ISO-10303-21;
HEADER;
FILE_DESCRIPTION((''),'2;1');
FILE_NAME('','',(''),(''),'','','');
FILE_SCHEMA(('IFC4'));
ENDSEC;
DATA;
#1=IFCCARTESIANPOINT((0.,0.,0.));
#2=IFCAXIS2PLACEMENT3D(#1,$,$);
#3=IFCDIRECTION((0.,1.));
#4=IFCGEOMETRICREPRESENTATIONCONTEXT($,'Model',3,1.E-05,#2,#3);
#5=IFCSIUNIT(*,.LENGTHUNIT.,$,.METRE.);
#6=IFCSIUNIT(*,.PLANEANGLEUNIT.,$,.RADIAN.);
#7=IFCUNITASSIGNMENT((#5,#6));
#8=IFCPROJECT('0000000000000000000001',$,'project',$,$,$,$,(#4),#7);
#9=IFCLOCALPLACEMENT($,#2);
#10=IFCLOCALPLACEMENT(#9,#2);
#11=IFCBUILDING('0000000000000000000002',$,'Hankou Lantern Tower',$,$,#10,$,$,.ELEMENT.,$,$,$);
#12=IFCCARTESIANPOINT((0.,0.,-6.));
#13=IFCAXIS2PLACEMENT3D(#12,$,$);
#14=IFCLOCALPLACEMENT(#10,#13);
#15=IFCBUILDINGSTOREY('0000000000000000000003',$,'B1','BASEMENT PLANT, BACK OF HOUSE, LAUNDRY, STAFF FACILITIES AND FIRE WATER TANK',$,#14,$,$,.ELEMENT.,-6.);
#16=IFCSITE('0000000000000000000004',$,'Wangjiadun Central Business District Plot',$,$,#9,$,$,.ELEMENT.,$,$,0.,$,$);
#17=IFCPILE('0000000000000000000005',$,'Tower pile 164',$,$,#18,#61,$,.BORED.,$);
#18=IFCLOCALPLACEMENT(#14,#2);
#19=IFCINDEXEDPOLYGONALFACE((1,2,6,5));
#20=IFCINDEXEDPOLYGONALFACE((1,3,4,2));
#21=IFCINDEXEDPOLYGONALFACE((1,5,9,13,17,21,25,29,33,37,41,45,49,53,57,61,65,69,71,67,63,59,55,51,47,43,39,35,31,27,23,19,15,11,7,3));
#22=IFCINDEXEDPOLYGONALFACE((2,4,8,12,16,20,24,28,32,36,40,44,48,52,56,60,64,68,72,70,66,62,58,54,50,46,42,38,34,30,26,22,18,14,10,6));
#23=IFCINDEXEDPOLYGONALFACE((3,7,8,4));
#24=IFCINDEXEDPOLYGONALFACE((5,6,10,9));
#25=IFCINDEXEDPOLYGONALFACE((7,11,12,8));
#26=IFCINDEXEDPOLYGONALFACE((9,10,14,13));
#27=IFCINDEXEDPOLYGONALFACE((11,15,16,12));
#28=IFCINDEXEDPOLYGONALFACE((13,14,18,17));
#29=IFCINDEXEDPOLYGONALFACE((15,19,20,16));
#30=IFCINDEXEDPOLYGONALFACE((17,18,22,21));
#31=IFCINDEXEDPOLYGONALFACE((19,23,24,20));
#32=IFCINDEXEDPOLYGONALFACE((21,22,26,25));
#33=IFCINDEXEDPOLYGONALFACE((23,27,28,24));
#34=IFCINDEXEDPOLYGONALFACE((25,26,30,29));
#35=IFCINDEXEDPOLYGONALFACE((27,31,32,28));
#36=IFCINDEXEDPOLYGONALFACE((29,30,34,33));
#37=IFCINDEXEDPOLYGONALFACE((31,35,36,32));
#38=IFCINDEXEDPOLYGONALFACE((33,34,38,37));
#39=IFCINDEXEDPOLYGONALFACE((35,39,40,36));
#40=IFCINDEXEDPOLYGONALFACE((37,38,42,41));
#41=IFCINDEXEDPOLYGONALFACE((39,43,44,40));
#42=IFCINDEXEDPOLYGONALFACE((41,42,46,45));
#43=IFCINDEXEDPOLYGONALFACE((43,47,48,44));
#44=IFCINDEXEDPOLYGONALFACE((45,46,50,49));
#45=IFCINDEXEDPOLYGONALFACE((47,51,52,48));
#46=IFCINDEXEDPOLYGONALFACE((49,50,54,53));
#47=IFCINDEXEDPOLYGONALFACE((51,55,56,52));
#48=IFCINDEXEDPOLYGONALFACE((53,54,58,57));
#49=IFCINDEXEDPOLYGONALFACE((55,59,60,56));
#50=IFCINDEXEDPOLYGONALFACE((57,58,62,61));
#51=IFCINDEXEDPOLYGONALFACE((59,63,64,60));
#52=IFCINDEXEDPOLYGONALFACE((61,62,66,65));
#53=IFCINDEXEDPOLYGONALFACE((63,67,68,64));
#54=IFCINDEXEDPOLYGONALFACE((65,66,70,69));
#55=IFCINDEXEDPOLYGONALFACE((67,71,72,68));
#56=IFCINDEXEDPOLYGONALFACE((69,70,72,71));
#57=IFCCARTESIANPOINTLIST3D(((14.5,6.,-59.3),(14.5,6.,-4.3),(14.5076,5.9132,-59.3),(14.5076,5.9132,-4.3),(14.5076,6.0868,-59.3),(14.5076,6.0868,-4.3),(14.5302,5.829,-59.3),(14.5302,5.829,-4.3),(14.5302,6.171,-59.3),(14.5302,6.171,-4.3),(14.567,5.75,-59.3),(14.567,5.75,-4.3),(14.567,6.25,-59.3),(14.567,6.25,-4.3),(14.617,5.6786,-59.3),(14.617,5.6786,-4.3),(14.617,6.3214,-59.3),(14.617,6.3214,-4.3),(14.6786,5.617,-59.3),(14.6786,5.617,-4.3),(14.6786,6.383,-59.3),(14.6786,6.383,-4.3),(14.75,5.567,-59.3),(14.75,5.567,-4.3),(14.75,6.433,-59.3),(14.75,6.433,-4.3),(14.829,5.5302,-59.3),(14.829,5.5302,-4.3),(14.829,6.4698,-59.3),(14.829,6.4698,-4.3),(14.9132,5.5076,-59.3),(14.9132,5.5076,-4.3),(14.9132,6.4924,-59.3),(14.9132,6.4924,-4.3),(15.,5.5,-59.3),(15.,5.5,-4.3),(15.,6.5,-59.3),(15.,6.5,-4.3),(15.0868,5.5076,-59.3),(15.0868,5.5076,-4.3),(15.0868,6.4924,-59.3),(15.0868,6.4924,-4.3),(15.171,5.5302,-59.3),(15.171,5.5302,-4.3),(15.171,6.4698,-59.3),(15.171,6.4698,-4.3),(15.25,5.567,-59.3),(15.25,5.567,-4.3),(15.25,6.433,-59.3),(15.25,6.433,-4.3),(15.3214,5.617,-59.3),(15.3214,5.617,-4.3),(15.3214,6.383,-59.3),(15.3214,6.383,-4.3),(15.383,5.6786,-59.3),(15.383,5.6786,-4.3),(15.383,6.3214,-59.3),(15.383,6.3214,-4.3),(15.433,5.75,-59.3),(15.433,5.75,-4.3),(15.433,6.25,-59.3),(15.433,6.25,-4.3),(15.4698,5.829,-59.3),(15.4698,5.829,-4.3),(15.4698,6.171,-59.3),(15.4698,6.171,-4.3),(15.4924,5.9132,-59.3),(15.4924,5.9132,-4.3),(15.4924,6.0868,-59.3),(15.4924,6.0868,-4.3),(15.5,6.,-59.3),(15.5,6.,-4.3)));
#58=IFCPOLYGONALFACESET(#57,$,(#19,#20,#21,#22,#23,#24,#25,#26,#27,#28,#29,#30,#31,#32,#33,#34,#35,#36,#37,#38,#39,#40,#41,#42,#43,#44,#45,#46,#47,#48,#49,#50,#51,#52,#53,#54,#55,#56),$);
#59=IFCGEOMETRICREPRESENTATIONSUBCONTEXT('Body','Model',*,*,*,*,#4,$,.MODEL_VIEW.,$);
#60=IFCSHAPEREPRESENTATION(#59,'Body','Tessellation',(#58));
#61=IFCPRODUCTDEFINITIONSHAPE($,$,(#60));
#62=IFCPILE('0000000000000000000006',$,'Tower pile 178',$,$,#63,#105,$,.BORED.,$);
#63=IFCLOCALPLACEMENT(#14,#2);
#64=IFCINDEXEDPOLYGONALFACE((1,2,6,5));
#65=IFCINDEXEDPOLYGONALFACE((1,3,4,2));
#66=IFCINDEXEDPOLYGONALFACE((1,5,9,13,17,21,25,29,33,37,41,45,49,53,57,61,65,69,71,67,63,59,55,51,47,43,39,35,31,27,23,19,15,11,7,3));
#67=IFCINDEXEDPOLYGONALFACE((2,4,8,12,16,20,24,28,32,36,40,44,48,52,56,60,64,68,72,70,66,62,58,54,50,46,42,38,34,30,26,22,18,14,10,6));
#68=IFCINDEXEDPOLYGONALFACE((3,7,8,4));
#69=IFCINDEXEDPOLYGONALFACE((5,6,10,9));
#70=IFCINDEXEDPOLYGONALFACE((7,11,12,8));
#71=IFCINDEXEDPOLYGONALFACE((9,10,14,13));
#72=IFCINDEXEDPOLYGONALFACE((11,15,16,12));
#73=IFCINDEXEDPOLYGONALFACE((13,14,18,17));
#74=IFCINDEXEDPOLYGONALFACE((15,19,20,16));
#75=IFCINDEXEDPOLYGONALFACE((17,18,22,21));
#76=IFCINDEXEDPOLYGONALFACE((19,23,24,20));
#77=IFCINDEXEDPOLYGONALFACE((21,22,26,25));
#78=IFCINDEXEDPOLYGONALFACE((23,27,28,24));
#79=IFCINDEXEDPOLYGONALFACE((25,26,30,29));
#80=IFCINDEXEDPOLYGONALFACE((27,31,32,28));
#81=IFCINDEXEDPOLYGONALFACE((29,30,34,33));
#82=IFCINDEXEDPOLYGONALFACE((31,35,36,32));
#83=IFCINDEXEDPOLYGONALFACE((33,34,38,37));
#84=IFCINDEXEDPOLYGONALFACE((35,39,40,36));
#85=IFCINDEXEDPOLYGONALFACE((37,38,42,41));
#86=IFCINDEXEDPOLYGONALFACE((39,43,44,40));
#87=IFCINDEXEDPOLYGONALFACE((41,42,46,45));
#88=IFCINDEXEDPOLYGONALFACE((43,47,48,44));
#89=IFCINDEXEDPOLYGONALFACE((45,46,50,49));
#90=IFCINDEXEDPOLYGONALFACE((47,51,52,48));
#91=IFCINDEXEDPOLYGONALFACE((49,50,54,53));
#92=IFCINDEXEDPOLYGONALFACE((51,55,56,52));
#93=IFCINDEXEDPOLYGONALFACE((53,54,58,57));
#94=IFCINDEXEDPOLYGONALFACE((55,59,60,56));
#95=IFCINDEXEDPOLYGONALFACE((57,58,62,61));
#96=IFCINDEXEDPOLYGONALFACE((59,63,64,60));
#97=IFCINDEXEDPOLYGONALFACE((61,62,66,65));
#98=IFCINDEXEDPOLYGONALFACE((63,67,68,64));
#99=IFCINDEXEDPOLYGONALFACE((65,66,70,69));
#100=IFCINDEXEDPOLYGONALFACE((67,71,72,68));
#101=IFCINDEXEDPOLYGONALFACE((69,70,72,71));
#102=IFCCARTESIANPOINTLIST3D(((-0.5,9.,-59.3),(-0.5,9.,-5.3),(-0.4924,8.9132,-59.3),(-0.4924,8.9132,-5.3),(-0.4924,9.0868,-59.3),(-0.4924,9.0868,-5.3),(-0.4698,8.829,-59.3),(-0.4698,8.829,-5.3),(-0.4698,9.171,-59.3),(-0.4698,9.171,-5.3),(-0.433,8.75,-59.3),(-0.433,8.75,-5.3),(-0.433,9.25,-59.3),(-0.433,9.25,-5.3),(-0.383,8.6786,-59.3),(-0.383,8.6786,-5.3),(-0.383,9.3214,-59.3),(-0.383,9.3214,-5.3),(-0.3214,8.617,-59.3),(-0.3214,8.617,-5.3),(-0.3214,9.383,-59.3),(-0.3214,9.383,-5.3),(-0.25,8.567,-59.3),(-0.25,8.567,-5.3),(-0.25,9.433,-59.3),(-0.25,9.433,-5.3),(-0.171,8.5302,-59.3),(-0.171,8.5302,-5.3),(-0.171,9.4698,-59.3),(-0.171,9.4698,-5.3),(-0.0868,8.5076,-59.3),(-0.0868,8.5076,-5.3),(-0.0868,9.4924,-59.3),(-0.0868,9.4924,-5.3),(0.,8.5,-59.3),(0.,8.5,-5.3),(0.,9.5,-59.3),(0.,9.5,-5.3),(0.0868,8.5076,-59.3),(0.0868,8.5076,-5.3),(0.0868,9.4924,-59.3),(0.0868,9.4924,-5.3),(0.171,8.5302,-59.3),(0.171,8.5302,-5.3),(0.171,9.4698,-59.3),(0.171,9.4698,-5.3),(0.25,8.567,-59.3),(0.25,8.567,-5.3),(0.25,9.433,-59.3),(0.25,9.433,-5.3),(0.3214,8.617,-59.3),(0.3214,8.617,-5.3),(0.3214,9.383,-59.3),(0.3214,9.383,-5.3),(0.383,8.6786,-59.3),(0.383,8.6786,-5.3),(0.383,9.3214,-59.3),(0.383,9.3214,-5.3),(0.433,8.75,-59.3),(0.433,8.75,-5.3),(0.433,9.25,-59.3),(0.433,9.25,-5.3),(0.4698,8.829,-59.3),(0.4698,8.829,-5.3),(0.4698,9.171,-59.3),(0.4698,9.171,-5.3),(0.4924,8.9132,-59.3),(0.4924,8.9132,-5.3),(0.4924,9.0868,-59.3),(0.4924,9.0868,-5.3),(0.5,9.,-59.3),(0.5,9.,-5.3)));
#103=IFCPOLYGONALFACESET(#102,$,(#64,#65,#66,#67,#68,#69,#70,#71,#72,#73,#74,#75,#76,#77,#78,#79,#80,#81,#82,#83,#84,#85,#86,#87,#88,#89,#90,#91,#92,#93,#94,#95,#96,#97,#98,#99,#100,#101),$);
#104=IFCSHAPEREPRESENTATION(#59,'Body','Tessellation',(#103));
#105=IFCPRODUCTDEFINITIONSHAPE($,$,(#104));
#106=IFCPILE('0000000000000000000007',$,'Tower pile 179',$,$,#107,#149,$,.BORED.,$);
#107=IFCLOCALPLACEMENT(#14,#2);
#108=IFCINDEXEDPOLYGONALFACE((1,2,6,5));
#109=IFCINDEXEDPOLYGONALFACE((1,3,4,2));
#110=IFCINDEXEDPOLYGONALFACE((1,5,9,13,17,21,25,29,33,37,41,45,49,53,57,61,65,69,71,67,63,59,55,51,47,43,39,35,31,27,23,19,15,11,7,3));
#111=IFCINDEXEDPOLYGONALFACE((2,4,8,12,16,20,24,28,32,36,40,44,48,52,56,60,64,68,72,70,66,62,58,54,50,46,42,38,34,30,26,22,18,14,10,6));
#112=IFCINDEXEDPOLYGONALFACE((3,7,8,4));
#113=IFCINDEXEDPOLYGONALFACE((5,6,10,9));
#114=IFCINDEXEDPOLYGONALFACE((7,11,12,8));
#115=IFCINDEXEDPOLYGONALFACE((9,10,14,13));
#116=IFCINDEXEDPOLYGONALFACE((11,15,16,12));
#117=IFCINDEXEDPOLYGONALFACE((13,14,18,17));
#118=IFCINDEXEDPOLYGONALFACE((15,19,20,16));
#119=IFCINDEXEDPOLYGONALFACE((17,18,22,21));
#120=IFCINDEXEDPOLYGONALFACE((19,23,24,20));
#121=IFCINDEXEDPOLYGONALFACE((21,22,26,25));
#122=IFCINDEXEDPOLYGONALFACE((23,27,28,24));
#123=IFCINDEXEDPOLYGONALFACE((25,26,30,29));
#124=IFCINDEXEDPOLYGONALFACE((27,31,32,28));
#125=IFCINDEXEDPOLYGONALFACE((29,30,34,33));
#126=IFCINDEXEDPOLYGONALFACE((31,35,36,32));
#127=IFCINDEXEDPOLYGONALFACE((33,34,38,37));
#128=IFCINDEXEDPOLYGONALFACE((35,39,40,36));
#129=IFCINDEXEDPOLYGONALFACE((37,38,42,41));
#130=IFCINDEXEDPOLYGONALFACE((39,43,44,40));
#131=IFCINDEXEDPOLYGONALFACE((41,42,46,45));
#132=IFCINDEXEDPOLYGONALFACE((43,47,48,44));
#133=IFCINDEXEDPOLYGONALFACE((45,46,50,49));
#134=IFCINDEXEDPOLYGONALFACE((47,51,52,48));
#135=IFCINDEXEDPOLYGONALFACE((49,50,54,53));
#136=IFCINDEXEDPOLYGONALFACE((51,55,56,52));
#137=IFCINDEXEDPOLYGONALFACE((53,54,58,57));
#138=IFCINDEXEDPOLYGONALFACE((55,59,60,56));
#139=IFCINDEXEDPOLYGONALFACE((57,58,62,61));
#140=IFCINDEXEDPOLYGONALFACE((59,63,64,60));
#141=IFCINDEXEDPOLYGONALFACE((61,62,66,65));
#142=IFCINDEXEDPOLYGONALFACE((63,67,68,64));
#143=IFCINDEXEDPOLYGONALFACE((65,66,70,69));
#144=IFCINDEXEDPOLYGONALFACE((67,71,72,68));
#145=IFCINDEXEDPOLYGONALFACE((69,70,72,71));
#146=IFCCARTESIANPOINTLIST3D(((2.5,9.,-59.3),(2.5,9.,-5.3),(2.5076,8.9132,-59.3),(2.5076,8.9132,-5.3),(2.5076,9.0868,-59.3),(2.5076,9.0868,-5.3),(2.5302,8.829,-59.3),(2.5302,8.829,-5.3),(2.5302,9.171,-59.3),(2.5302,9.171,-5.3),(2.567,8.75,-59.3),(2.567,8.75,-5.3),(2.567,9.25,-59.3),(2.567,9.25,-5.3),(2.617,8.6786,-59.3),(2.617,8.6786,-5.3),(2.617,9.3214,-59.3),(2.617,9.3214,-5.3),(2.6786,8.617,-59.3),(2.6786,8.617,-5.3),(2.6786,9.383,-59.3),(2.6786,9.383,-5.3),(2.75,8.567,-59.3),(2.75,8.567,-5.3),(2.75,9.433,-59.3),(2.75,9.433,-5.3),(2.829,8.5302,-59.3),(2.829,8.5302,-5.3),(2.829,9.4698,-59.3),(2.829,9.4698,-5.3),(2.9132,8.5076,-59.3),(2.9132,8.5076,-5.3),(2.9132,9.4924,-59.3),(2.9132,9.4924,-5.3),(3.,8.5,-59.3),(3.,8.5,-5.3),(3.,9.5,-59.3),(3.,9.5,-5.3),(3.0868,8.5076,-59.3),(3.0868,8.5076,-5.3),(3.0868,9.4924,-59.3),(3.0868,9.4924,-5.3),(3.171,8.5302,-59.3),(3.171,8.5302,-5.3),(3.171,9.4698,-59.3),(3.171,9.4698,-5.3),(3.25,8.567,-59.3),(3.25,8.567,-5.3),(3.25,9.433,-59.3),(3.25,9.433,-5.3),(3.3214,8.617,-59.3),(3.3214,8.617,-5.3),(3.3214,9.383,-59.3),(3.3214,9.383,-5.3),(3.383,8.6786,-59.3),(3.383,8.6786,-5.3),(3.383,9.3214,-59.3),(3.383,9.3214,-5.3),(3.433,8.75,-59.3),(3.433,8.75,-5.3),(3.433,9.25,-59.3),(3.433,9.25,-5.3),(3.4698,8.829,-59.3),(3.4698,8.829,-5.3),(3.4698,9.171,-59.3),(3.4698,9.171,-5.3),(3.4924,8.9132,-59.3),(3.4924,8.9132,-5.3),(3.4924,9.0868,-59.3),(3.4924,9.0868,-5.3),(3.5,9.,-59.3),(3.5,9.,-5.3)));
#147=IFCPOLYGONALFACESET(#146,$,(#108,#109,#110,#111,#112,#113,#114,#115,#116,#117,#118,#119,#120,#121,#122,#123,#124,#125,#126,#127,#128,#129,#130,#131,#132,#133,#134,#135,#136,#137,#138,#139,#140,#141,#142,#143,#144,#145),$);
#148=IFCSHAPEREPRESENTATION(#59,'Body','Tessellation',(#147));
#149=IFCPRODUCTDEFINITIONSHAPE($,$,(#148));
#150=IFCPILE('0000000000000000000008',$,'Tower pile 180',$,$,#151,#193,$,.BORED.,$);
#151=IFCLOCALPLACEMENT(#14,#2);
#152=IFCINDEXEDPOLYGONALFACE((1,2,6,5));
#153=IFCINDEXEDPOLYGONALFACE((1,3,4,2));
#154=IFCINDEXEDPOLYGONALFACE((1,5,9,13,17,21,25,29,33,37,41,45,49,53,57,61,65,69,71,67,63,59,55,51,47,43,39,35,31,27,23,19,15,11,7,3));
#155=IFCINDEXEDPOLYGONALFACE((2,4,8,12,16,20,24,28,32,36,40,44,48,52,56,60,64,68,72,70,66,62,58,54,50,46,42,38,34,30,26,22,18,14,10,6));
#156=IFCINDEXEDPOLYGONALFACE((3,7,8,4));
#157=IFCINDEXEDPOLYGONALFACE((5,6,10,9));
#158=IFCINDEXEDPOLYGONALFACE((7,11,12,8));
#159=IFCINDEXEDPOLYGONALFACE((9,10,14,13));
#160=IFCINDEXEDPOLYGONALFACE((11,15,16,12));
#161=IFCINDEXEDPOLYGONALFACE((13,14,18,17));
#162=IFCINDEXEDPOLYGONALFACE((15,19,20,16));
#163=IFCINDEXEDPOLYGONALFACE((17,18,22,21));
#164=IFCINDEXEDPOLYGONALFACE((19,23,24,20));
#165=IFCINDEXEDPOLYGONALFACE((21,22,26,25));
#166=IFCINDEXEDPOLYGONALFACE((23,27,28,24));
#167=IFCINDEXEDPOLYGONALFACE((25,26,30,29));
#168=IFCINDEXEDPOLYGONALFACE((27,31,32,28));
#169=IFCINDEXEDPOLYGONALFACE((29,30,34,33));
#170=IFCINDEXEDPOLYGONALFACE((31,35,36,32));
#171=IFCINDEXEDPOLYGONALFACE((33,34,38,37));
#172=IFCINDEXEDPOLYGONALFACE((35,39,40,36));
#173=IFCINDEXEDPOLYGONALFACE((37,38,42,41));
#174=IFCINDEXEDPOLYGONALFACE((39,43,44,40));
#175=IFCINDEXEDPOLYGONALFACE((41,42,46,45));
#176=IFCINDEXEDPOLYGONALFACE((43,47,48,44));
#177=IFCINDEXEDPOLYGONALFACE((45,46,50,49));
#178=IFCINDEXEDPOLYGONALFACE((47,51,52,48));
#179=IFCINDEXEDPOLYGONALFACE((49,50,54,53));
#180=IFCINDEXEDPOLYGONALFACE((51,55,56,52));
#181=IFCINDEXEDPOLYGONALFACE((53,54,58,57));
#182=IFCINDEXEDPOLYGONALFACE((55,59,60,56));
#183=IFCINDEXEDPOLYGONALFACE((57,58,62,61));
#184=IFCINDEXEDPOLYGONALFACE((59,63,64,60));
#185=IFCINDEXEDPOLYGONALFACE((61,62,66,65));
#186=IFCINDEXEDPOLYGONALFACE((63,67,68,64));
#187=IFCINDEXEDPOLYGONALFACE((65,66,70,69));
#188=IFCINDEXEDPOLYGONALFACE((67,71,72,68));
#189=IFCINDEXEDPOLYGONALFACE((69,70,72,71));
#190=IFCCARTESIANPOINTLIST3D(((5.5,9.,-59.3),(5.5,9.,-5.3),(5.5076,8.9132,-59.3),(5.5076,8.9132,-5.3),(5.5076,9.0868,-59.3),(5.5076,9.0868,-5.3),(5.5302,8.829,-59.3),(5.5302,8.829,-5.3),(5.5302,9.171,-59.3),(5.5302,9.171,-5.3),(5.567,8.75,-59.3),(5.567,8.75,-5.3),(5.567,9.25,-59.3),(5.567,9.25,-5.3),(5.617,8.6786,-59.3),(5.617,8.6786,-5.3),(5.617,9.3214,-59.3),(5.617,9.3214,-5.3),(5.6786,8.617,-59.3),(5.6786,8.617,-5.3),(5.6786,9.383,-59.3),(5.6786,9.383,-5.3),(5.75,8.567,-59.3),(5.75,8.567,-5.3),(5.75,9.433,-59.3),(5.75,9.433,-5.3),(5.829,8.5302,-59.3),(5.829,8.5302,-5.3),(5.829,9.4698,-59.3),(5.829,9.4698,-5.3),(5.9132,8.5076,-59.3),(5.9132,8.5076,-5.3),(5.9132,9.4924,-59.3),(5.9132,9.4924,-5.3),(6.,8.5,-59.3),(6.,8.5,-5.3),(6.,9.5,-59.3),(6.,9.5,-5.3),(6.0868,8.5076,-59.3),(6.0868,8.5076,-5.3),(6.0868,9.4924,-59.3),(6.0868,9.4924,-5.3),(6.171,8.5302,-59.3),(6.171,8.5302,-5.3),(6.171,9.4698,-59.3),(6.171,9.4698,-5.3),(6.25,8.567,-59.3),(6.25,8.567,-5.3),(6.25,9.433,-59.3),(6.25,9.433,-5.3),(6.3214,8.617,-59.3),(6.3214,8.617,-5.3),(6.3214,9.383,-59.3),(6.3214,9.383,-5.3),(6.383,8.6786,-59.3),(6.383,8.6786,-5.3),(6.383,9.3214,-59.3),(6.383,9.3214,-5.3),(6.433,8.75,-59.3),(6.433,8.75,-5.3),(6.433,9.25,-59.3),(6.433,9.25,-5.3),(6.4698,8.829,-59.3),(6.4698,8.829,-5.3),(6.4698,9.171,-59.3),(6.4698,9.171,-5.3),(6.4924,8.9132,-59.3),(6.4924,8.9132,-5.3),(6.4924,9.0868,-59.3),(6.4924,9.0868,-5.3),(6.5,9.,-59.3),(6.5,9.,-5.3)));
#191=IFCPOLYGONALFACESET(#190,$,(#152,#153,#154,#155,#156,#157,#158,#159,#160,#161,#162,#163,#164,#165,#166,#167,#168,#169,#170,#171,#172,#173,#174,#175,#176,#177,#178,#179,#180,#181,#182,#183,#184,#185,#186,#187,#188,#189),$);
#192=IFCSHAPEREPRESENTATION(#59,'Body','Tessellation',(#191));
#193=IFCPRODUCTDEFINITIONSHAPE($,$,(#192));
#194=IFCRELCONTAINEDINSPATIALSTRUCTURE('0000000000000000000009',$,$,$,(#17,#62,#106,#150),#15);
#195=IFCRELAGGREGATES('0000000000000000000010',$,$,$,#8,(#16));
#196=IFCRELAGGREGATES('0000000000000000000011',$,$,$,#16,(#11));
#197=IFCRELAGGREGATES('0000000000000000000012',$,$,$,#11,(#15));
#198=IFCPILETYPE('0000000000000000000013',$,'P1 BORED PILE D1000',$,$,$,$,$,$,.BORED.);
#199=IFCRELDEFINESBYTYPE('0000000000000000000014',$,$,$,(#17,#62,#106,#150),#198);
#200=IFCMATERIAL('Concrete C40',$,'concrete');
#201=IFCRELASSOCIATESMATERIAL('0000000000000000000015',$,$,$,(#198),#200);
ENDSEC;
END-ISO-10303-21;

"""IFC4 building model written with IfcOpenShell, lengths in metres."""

from ifc_helpers import new_model, si_unit, direction, frame, origin, origin_2d, place, context, subcontext, project, spatial, circle, extrude, material, material_profile, profile_set, type_object, element, save


model = new_model("IFC4")

# Units and contexts
model_context = context("Model", 3, precision=1e-05, world=origin(), true_north=direction((0.0, 1.0)))
body_context = subcontext(model_context, "Body", "Model", "MODEL_VIEW")
ifc_project = project(units=[si_unit("LENGTHUNIT", "METRE"), si_unit("PLANEANGLEUNIT", "RADIAN")], contexts=[model_context])

# Site, building, storey
site_placement = place(None, origin())
site = spatial("IfcSite", under=ifc_project, at=site_placement, Name="Wangjiadun Central Business District Plot", CompositionType="ELEMENT", RefElevation=0.0)
building_placement = place(site_placement, origin())
building = spatial("IfcBuilding", under=site, at=building_placement, Name="Hankou Lantern Tower", CompositionType="ELEMENT")
storey_placement = place(building_placement, frame((0.0, 0.0, -6.0)))
storey = spatial("IfcBuildingStorey", under=building, at=storey_placement, Name="B1", Description="BASEMENT PLANT, BACK OF HOUSE, LAUNDRY, STAFF FACILITIES AND FIRE WATER TANK", CompositionType="ELEMENT", Elevation=-6.0)

# Piles
ifc_material_1 = material(Name="Concrete C40", Category="concrete")
ifc_material_profile = material_profile(ifc_material_1, circle(Radius=0.5, at=origin_2d()), Name="RC D1000")
ifc_profile_set = profile_set([ifc_material_profile], Name="Concrete C40")
pile_type = type_object("IfcPileType", Name="P1 BORED PILE D1000", PredefinedType="BORED", material=ifc_profile_set)
pile_1_placement = place(storey_placement, frame((15.0, 6.0, -4.3), z_axis=(0.0, 0.0, -1.0), x_axis=(1.0, 0.0, 0.0)))
element("IfcPile", 1, at=pile_1_placement, inside=storey, type_object=pile_type, Name="Tower pile 164", PredefinedType="BORED", context=body_context, shape_type="SweptSolid", body=[
    extrude(circle(Radius=0.5, at=origin_2d()), origin(), (0.0, 0.0, 1.0), 55.0),
])
for number, where, z_axis, x_axis, name in (
    (2, (0.0, 9.0, -5.3), (0.0, 0.0, -1.0), (1.0, 0.0, 0.0), "Tower pile 178"),
    (3, (3.0, 9.0, -5.3), (0.0, 0.0, -1.0), (1.0, 0.0, 0.0), "Tower pile 179"),
    (4, (6.0, 9.0, -5.3), (0.0, 0.0, -1.0), (1.0, 0.0, 0.0), "Tower pile 180"),
):
    element("IfcPile", number, at=place(storey_placement, frame(where, z_axis=z_axis, x_axis=x_axis)), inside=storey, type_object=pile_type, Name=name, PredefinedType="BORED", context=body_context, shape_type="SweptSolid", body=[
        extrude(circle(Radius=0.5, at=origin_2d()), origin(), (0.0, 0.0, 1.0), 54.0),
    ])

save(model, "model.ifc")
